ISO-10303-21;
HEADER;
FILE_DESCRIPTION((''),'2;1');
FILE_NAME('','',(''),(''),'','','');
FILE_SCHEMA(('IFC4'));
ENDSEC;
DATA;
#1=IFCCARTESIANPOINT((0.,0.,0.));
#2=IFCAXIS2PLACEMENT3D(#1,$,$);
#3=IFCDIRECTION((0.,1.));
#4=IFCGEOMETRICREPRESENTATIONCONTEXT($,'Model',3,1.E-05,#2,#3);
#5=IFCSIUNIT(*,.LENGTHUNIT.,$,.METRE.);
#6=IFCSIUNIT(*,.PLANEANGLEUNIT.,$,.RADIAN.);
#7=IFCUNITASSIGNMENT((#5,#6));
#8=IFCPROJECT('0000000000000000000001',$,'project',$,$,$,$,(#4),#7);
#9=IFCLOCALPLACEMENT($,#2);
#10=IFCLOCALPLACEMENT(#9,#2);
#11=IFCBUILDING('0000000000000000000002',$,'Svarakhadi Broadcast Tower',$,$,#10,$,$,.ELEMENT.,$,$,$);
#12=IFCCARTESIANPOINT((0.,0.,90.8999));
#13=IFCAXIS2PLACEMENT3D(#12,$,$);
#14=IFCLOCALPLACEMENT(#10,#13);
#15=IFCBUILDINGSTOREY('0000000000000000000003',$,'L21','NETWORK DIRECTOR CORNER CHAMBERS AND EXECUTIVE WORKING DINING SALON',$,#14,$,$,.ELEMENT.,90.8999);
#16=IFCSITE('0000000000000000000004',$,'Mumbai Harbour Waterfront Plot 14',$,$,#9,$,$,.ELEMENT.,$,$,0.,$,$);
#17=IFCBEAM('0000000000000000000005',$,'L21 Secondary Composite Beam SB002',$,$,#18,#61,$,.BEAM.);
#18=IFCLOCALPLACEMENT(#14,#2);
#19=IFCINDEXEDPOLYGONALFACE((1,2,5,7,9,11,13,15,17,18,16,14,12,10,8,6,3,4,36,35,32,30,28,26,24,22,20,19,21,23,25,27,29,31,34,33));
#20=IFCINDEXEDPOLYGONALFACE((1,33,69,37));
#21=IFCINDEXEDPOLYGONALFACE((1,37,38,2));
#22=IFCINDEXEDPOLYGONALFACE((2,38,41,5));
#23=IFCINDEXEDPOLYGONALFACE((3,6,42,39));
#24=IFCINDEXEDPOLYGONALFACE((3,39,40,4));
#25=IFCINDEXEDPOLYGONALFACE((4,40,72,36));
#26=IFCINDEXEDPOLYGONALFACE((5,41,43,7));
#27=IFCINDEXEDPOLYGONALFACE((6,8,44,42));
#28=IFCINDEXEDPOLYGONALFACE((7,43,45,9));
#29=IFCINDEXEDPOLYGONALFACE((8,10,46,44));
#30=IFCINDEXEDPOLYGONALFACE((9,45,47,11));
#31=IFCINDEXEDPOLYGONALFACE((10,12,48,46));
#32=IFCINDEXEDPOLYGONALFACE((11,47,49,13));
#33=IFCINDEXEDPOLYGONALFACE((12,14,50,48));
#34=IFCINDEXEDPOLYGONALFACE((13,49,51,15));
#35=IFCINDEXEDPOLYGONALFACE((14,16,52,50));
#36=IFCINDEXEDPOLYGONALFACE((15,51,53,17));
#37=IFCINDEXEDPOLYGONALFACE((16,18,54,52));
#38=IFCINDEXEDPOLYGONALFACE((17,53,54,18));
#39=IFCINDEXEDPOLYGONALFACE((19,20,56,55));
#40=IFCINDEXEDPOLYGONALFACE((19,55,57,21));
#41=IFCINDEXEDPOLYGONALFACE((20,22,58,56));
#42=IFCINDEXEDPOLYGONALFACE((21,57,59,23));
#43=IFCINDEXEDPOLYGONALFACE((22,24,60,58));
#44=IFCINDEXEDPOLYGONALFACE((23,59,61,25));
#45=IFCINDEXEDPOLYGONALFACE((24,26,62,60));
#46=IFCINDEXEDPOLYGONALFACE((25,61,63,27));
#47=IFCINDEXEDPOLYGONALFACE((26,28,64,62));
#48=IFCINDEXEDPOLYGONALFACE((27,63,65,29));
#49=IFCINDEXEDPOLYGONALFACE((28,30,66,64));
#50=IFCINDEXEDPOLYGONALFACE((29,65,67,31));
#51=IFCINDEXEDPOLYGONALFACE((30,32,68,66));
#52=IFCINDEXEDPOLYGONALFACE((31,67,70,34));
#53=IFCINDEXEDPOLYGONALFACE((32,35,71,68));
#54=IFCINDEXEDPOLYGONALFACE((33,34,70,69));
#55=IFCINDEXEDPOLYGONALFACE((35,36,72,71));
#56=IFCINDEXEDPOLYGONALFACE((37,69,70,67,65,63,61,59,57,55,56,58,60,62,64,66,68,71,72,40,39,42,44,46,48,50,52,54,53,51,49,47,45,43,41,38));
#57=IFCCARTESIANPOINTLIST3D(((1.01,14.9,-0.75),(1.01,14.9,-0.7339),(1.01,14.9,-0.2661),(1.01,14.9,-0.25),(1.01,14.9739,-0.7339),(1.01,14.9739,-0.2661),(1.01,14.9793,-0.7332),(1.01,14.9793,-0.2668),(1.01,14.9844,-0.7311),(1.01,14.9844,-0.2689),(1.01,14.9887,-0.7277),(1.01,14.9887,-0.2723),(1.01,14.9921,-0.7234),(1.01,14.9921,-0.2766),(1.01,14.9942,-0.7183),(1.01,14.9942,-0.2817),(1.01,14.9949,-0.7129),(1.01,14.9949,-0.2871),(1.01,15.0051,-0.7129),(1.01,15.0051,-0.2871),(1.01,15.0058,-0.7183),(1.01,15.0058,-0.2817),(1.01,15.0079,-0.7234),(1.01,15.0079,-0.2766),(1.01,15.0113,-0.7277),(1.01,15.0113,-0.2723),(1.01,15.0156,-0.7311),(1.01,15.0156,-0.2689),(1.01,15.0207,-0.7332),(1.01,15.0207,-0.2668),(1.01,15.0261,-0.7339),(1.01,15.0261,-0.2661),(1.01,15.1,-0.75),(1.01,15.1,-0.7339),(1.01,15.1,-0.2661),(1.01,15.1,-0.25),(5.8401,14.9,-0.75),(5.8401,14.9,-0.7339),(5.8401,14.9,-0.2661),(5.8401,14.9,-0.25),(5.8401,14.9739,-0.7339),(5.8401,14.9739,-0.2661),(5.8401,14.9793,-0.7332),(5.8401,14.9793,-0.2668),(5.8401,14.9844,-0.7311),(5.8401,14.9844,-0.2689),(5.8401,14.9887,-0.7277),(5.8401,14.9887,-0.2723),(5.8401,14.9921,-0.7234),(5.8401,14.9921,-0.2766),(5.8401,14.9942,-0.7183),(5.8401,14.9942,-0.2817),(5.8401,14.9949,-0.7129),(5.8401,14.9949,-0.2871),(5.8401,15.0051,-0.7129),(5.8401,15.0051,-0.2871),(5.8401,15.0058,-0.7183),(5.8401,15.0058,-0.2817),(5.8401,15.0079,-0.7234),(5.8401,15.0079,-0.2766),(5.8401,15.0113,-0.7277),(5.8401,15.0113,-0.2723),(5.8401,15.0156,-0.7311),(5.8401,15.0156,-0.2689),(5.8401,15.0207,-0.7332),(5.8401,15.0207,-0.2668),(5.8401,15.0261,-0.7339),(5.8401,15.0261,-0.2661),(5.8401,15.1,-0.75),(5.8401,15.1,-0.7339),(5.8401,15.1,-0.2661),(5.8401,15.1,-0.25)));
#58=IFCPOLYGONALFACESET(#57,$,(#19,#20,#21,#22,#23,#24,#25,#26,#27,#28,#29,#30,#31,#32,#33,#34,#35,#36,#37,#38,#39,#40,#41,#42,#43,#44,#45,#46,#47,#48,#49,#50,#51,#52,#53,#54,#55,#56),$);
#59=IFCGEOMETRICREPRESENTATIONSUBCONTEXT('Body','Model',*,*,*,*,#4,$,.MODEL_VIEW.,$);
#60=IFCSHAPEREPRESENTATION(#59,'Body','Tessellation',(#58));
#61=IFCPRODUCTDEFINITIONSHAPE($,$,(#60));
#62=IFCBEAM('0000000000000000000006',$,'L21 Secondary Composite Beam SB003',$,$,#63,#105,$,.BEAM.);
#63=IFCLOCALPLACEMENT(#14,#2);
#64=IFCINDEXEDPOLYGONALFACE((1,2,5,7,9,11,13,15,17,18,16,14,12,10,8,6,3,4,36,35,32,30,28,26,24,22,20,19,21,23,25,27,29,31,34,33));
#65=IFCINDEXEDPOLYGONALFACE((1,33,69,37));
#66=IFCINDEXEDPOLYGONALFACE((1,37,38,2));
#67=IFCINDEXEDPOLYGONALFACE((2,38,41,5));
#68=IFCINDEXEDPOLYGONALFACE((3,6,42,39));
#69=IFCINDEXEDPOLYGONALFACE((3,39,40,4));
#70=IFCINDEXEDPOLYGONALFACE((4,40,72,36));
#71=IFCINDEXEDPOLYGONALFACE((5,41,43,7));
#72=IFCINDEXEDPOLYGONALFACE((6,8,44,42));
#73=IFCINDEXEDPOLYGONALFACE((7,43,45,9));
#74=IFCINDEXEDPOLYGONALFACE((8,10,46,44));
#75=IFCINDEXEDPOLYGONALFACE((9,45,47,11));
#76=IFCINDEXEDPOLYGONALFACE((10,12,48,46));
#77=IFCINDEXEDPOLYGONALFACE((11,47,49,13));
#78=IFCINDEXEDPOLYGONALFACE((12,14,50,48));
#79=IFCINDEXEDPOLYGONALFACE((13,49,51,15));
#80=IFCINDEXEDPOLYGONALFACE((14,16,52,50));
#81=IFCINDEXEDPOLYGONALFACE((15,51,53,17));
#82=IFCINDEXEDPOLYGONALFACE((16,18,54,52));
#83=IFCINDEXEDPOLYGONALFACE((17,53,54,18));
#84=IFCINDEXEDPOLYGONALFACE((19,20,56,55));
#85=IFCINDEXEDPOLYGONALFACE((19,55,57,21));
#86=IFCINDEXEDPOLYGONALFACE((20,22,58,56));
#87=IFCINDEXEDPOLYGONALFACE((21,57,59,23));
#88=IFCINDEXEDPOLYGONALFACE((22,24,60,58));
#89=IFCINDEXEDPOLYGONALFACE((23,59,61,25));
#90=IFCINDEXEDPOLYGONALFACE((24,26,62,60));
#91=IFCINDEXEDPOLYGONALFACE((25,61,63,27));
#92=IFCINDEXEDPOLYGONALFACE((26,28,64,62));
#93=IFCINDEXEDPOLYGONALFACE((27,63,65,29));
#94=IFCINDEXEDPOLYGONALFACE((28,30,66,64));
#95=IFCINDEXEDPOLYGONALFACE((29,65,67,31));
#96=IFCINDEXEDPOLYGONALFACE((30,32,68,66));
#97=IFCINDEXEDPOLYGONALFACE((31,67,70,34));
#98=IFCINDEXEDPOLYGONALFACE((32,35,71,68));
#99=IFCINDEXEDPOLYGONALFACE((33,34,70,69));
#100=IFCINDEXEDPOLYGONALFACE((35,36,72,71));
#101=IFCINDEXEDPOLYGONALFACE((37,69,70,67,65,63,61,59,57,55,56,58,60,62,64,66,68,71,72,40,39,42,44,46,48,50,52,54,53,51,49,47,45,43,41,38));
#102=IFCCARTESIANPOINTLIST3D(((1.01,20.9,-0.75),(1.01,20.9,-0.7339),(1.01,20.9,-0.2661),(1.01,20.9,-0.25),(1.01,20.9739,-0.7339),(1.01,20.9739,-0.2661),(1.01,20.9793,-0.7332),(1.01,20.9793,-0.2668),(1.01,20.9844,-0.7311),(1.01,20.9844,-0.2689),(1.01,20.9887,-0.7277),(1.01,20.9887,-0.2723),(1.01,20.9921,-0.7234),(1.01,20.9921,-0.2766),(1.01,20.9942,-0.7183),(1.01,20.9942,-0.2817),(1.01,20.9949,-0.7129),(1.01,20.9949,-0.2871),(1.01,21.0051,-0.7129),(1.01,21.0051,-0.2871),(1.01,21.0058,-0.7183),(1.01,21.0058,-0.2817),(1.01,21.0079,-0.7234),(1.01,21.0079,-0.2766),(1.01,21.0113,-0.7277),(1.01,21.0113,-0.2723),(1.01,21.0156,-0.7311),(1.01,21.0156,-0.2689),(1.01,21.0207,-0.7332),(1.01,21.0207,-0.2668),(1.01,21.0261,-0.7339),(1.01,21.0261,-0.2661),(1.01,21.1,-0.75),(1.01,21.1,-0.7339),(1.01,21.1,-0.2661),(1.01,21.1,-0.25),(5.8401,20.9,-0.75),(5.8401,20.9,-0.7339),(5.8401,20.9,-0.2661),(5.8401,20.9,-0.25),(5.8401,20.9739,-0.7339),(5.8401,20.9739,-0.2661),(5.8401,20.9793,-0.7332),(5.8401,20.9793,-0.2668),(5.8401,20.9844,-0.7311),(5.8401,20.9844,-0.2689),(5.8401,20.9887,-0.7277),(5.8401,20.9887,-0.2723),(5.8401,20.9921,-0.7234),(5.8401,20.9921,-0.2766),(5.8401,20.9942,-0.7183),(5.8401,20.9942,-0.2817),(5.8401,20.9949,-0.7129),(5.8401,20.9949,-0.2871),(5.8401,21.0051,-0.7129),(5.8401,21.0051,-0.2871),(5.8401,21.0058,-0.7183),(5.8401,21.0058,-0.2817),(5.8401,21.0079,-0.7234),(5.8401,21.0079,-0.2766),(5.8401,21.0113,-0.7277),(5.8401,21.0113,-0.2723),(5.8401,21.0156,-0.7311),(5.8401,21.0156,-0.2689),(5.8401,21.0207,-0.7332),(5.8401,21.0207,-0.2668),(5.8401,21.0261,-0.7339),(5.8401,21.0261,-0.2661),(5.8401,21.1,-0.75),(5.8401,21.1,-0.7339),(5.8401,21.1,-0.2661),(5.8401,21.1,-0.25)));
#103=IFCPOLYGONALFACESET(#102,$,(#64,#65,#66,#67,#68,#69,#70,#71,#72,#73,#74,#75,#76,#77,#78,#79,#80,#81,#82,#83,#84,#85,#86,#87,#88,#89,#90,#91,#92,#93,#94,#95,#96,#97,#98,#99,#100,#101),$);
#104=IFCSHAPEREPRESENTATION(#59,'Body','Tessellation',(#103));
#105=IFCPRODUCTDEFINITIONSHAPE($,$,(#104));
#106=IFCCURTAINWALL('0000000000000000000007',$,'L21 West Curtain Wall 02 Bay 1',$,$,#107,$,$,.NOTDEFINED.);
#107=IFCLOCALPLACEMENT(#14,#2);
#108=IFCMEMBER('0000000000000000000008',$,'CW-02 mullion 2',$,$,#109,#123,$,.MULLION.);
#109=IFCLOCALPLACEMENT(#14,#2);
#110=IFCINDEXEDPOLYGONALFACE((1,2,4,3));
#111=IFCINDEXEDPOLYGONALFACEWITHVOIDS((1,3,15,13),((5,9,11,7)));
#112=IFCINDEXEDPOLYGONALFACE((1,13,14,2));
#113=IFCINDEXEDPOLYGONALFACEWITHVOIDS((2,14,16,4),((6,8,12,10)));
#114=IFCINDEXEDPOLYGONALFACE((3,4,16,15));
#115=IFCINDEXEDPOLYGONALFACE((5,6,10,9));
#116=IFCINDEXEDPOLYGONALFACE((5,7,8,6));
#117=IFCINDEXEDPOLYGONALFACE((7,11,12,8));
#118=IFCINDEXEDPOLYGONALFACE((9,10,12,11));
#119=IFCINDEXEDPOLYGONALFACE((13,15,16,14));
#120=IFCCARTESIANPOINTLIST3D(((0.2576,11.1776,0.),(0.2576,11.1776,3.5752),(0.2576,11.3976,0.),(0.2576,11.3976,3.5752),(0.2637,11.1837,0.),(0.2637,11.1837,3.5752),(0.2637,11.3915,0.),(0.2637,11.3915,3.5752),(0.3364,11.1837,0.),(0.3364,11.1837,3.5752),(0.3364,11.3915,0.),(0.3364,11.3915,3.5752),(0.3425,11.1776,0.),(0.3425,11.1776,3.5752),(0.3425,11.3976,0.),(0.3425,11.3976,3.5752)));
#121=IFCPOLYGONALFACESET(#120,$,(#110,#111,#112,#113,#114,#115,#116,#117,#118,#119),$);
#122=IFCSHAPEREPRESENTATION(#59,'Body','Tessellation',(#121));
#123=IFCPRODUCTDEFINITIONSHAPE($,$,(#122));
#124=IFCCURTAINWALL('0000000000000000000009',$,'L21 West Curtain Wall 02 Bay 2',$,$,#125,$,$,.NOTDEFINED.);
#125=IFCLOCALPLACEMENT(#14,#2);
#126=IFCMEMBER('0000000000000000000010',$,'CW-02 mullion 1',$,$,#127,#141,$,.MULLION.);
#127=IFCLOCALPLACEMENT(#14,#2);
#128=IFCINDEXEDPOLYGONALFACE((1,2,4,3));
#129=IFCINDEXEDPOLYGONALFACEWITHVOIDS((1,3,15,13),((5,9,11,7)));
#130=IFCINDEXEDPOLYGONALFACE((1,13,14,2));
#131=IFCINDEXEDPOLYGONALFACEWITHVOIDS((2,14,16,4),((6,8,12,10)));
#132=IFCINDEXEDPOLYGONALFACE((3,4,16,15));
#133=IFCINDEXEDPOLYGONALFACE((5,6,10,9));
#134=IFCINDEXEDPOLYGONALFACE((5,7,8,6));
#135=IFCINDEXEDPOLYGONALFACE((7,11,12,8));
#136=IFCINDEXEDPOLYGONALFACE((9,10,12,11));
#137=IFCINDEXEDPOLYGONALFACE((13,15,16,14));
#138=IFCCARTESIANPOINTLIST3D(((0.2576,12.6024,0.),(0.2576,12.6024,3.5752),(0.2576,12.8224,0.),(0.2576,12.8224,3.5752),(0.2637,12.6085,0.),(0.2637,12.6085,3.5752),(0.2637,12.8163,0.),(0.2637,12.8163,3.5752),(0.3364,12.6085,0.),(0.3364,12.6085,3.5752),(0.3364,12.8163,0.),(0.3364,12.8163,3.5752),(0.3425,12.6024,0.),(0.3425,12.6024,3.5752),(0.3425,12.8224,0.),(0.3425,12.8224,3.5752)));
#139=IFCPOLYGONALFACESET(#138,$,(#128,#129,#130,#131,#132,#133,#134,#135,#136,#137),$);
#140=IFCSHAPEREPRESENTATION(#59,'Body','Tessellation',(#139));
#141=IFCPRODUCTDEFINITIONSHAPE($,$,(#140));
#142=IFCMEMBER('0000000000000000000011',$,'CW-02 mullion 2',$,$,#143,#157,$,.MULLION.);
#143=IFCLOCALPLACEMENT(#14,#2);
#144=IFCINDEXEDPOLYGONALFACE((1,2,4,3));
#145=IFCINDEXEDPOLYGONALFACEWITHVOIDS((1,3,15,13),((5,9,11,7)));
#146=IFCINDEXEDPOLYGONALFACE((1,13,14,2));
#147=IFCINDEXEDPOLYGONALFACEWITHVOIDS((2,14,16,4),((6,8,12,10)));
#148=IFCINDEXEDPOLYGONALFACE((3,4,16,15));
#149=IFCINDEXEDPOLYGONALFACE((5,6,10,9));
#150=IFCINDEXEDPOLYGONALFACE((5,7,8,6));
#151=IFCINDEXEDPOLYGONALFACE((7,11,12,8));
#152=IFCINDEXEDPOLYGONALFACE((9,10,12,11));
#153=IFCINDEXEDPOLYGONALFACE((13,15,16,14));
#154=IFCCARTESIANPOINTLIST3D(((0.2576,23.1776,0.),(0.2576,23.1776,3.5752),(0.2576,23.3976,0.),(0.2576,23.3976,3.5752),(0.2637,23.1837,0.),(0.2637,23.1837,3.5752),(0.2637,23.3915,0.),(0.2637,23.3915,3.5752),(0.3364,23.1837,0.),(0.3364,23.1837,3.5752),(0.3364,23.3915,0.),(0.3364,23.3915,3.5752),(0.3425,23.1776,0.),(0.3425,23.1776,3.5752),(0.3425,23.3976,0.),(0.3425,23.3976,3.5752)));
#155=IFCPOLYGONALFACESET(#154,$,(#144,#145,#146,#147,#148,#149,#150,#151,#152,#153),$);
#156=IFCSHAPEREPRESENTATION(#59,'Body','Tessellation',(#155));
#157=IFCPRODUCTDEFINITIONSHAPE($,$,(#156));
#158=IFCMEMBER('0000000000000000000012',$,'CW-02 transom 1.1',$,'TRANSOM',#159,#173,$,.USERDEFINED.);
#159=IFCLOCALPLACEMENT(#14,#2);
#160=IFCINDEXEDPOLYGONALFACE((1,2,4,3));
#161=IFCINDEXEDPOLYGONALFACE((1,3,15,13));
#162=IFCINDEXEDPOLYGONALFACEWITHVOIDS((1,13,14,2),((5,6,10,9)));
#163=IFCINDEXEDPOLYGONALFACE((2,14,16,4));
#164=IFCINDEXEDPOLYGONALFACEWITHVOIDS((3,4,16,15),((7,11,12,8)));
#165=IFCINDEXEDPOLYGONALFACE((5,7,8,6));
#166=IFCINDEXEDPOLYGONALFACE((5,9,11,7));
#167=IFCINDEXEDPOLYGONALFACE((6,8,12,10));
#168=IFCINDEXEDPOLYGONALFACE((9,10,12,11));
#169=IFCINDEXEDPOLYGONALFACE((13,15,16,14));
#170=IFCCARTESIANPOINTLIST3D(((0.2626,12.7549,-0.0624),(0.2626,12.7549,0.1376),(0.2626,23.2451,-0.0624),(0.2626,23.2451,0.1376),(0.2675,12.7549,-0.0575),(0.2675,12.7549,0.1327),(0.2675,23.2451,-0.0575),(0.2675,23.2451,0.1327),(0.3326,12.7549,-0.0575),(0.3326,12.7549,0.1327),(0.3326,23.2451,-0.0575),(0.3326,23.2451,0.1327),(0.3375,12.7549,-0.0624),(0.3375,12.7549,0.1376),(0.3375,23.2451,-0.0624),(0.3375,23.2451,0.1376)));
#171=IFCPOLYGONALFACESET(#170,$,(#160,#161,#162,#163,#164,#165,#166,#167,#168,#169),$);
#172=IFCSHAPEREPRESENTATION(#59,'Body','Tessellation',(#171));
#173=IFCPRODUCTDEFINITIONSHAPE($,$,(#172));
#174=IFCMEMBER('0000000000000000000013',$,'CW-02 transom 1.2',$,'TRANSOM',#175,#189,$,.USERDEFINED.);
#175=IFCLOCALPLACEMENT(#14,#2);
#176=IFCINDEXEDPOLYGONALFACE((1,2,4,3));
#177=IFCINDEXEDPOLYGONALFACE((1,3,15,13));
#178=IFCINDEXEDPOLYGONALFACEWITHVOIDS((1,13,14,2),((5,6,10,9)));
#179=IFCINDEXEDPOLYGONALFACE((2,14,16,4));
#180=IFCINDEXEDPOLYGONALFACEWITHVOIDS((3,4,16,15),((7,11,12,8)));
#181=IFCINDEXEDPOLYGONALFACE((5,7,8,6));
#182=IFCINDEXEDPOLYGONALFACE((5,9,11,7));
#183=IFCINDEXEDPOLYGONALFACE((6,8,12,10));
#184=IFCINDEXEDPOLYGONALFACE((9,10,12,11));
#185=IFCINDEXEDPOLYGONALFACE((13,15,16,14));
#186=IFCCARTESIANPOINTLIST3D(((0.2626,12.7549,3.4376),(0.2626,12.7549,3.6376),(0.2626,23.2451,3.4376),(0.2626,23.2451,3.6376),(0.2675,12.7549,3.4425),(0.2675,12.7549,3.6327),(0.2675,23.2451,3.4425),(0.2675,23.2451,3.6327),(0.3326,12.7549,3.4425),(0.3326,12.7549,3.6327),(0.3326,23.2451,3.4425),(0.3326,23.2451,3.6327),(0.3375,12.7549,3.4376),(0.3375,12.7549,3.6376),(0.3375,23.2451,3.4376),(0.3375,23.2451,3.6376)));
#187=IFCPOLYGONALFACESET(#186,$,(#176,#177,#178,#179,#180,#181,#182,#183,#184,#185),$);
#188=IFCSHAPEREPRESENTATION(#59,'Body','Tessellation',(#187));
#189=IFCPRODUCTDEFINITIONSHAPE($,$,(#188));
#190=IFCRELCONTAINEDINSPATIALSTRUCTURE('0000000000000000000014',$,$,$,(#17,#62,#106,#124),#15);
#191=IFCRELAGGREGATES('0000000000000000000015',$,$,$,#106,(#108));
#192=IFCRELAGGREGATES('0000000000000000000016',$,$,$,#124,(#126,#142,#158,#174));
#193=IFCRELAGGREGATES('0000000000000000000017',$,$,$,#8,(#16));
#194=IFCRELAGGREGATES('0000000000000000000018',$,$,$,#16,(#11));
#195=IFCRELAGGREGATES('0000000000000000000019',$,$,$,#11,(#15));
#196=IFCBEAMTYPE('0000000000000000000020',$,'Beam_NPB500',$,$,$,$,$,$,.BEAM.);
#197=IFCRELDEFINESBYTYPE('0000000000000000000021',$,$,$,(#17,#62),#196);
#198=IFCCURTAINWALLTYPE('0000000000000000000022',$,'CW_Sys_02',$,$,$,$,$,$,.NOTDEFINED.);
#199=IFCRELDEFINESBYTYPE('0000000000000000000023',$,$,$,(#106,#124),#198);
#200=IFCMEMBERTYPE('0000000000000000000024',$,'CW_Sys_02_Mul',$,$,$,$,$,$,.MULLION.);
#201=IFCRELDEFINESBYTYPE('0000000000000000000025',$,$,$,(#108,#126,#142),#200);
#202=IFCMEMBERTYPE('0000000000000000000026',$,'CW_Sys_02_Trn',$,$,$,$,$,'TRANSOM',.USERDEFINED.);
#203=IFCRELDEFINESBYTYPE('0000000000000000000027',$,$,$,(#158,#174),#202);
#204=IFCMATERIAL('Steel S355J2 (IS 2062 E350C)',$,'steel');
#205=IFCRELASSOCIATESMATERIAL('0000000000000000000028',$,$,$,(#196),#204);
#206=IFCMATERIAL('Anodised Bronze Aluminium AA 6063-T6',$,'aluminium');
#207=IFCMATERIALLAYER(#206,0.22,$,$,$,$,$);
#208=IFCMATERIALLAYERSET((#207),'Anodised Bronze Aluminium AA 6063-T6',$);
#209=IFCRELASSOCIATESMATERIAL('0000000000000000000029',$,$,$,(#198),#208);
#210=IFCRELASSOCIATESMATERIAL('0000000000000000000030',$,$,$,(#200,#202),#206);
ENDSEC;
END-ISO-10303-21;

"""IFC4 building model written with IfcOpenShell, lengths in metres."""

from ifc_helpers import new_model, si_unit, direction, frame, origin, origin_2d, place, context, subcontext, project, spatial, hollow_rectangle, i_section, extrude, material, layer, layer_set, material_profile, profile_set, type_object, element, aggregate, save


model = new_model("IFC4")

# Units and contexts
model_context = context("Model", 3, precision=1e-05, world=origin(), true_north=direction((0.0, 1.0)))
body_context = subcontext(model_context, "Body", "Model", "MODEL_VIEW")
ifc_project = project(units=[si_unit("LENGTHUNIT", "METRE"), si_unit("PLANEANGLEUNIT", "RADIAN")], contexts=[model_context])

# Site, building, storey
site_placement = place(None, origin())
site = spatial("IfcSite", under=ifc_project, at=site_placement, Name="Mumbai Harbour Waterfront Plot 14", CompositionType="ELEMENT", RefElevation=0.0)
building_placement = place(site_placement, origin())
building = spatial("IfcBuilding", under=site, at=building_placement, Name="Svarakhadi Broadcast Tower", CompositionType="ELEMENT")
storey_placement = place(building_placement, frame((0.0, 0.0, 90.8999)))
storey = spatial("IfcBuildingStorey", under=building, at=storey_placement, Name="L21", Description="NETWORK DIRECTOR CORNER CHAMBERS AND EXECUTIVE WORKING DINING SALON", CompositionType="ELEMENT", Elevation=90.8999)

# Beams
ifc_material_1 = material(Name="Steel S355J2 (IS 2062 E350C)", Category="steel")
ifc_material_profile_1 = material_profile(ifc_material_1, i_section(OverallWidth=0.2, OverallDepth=0.5, WebThickness=0.0103, FlangeThickness=0.0161, FilletRadius=0.021, at=origin_2d()), Name="NPB 500x200x91")
ifc_profile_set_1 = profile_set([ifc_material_profile_1], Name="Steel S355J2 (IS 2062 E350C)")
beam_type_1 = type_object("IfcBeamType", Name="Beam_NPB500", PredefinedType="BEAM", material=ifc_profile_set_1)
for number, where, z_axis, x_axis, name in (
    (1, (1.01, 15.0, -0.5), (1.0, 0.0, 0.0), (0.0, 1.0, 0.0), "L21 Secondary Composite Beam SB002"),
    (2, (1.01, 21.0, -0.5), (1.0, 0.0, 0.0), (0.0, 1.0, 0.0), "L21 Secondary Composite Beam SB003"),
):
    element("IfcBeam", number, at=place(storey_placement, frame(where, z_axis=z_axis, x_axis=x_axis)), inside=storey, type_object=beam_type_1, Name=name, PredefinedType="BEAM", context=body_context, shape_type="SweptSolid", body=[
        extrude(i_section(OverallWidth=0.2, OverallDepth=0.5, WebThickness=0.0103, FlangeThickness=0.0161, FilletRadius=0.021, at=origin_2d()), origin(), (0.0, 0.0, 1.0), 4.8301),
    ])

# Curtain wall, member
ifc_material_2 = material(Name="Anodised Bronze Aluminium AA 6063-T6", Category="aluminium")
ifc_layer_1 = layer(ifc_material_2, 0.22)
ifc_layer_set_1 = layer_set([ifc_layer_1], Name="Anodised Bronze Aluminium AA 6063-T6")
curtain_wall_type = type_object("IfcCurtainWallType", Name="CW_Sys_02", PredefinedType="NOTDEFINED", material=ifc_layer_set_1)
curtain_wall_1_placement = place(storey_placement, origin())
curtain_wall_1 = element("IfcCurtainWall", 3, at=curtain_wall_1_placement, inside=storey, type_object=curtain_wall_type, Name="L21 West Curtain Wall 02 Bay 1", PredefinedType="NOTDEFINED")
ifc_material_profile_2 = material_profile(ifc_material_2, hollow_rectangle(XDim=0.085, YDim=0.22, WallThickness=0.0061, at=origin_2d()), Name="ALU MULLION 220x85x6")
ifc_profile_set_2 = profile_set([ifc_material_profile_2], Name="Anodised Bronze Aluminium AA 6063-T6")
member_type_1 = type_object("IfcMemberType", Name="CW_Sys_02_Mul", PredefinedType="MULLION", material=ifc_profile_set_2)
member_1_placement = place(storey_placement, frame((0.3, 11.2876, 0.0), z_axis=(0.0, 0.0, 1.0), x_axis=(-1.0, 0.0, 0.0)))
member_1 = element("IfcMember", 4, at=member_1_placement, type_object=member_type_1, Name="CW-02 mullion 2", PredefinedType="MULLION", context=body_context, shape_type="SweptSolid", body=[
    extrude(hollow_rectangle(XDim=0.085, YDim=0.22, WallThickness=0.0061, at=origin_2d()), origin(), (0.0, 0.0, 1.0), 3.5752),
])

# Curtain wall, members
curtain_wall_2_placement = place(storey_placement, origin())
curtain_wall_2 = element("IfcCurtainWall", 5, at=curtain_wall_2_placement, inside=storey, type_object=curtain_wall_type, Name="L21 West Curtain Wall 02 Bay 2", PredefinedType="NOTDEFINED")
member_2_placement = place(storey_placement, frame((0.3, 12.7124, 0.0), z_axis=(0.0, 0.0, 1.0), x_axis=(-1.0, 0.0, 0.0)))
member_2 = element("IfcMember", 6, at=member_2_placement, type_object=member_type_1, Name="CW-02 mullion 1", PredefinedType="MULLION", context=body_context, shape_type="SweptSolid", body=[
    extrude(hollow_rectangle(XDim=0.085, YDim=0.22, WallThickness=0.0061, at=origin_2d()), origin(), (0.0, 0.0, 1.0), 3.5752),
])
member_3_placement = place(storey_placement, frame((0.3, 23.2876, 0.0), z_axis=(0.0, 0.0, 1.0), x_axis=(-1.0, 0.0, 0.0)))
member_3 = element("IfcMember", 7, at=member_3_placement, type_object=member_type_1, Name="CW-02 mullion 2", PredefinedType="MULLION", context=body_context, shape_type="SweptSolid", body=[
    extrude(hollow_rectangle(XDim=0.085, YDim=0.22, WallThickness=0.0061, at=origin_2d()), origin(), (0.0, 0.0, 1.0), 3.5752),
])
ifc_material_profile_3 = material_profile(ifc_material_2, hollow_rectangle(XDim=0.075, YDim=0.2, WallThickness=0.0049, at=origin_2d()), Name="ALU TRANSOM 200x75x5")
ifc_profile_set_3 = profile_set([ifc_material_profile_3], Name="Anodised Bronze Aluminium AA 6063-T6")
member_type_2 = type_object("IfcMemberType", Name="CW_Sys_02_Trn", ElementType="TRANSOM", PredefinedType="USERDEFINED", material=ifc_profile_set_3)
member_4_placement = place(storey_placement, frame((0.3, 12.7549, 0.0376), z_axis=(0.0, 1.0, 0.0), x_axis=(-1.0, 0.0, 0.0)))
member_4 = element("IfcMember", 8, at=member_4_placement, type_object=member_type_2, Name="CW-02 transom 1.1", ObjectType="TRANSOM", PredefinedType="USERDEFINED", context=body_context, shape_type="SweptSolid", body=[
    extrude(hollow_rectangle(XDim=0.075, YDim=0.2, WallThickness=0.0049, at=origin_2d()), origin(), (0.0, 0.0, 1.0), 10.4902),
])
member_5_placement = place(storey_placement, frame((0.3, 12.7549, 3.5376), z_axis=(0.0, 1.0, 0.0), x_axis=(-1.0, 0.0, 0.0)))
member_5 = element("IfcMember", 9, at=member_5_placement, type_object=member_type_2, Name="CW-02 transom 1.2", ObjectType="TRANSOM", PredefinedType="USERDEFINED", context=body_context, shape_type="SweptSolid", body=[
    extrude(hollow_rectangle(XDim=0.075, YDim=0.2, WallThickness=0.0049, at=origin_2d()), origin(), (0.0, 0.0, 1.0), 10.4902),
])

aggregate(curtain_wall_1, [member_1])
aggregate(curtain_wall_2, [member_2, member_3, member_4, member_5])

save(model, "model.ifc")
